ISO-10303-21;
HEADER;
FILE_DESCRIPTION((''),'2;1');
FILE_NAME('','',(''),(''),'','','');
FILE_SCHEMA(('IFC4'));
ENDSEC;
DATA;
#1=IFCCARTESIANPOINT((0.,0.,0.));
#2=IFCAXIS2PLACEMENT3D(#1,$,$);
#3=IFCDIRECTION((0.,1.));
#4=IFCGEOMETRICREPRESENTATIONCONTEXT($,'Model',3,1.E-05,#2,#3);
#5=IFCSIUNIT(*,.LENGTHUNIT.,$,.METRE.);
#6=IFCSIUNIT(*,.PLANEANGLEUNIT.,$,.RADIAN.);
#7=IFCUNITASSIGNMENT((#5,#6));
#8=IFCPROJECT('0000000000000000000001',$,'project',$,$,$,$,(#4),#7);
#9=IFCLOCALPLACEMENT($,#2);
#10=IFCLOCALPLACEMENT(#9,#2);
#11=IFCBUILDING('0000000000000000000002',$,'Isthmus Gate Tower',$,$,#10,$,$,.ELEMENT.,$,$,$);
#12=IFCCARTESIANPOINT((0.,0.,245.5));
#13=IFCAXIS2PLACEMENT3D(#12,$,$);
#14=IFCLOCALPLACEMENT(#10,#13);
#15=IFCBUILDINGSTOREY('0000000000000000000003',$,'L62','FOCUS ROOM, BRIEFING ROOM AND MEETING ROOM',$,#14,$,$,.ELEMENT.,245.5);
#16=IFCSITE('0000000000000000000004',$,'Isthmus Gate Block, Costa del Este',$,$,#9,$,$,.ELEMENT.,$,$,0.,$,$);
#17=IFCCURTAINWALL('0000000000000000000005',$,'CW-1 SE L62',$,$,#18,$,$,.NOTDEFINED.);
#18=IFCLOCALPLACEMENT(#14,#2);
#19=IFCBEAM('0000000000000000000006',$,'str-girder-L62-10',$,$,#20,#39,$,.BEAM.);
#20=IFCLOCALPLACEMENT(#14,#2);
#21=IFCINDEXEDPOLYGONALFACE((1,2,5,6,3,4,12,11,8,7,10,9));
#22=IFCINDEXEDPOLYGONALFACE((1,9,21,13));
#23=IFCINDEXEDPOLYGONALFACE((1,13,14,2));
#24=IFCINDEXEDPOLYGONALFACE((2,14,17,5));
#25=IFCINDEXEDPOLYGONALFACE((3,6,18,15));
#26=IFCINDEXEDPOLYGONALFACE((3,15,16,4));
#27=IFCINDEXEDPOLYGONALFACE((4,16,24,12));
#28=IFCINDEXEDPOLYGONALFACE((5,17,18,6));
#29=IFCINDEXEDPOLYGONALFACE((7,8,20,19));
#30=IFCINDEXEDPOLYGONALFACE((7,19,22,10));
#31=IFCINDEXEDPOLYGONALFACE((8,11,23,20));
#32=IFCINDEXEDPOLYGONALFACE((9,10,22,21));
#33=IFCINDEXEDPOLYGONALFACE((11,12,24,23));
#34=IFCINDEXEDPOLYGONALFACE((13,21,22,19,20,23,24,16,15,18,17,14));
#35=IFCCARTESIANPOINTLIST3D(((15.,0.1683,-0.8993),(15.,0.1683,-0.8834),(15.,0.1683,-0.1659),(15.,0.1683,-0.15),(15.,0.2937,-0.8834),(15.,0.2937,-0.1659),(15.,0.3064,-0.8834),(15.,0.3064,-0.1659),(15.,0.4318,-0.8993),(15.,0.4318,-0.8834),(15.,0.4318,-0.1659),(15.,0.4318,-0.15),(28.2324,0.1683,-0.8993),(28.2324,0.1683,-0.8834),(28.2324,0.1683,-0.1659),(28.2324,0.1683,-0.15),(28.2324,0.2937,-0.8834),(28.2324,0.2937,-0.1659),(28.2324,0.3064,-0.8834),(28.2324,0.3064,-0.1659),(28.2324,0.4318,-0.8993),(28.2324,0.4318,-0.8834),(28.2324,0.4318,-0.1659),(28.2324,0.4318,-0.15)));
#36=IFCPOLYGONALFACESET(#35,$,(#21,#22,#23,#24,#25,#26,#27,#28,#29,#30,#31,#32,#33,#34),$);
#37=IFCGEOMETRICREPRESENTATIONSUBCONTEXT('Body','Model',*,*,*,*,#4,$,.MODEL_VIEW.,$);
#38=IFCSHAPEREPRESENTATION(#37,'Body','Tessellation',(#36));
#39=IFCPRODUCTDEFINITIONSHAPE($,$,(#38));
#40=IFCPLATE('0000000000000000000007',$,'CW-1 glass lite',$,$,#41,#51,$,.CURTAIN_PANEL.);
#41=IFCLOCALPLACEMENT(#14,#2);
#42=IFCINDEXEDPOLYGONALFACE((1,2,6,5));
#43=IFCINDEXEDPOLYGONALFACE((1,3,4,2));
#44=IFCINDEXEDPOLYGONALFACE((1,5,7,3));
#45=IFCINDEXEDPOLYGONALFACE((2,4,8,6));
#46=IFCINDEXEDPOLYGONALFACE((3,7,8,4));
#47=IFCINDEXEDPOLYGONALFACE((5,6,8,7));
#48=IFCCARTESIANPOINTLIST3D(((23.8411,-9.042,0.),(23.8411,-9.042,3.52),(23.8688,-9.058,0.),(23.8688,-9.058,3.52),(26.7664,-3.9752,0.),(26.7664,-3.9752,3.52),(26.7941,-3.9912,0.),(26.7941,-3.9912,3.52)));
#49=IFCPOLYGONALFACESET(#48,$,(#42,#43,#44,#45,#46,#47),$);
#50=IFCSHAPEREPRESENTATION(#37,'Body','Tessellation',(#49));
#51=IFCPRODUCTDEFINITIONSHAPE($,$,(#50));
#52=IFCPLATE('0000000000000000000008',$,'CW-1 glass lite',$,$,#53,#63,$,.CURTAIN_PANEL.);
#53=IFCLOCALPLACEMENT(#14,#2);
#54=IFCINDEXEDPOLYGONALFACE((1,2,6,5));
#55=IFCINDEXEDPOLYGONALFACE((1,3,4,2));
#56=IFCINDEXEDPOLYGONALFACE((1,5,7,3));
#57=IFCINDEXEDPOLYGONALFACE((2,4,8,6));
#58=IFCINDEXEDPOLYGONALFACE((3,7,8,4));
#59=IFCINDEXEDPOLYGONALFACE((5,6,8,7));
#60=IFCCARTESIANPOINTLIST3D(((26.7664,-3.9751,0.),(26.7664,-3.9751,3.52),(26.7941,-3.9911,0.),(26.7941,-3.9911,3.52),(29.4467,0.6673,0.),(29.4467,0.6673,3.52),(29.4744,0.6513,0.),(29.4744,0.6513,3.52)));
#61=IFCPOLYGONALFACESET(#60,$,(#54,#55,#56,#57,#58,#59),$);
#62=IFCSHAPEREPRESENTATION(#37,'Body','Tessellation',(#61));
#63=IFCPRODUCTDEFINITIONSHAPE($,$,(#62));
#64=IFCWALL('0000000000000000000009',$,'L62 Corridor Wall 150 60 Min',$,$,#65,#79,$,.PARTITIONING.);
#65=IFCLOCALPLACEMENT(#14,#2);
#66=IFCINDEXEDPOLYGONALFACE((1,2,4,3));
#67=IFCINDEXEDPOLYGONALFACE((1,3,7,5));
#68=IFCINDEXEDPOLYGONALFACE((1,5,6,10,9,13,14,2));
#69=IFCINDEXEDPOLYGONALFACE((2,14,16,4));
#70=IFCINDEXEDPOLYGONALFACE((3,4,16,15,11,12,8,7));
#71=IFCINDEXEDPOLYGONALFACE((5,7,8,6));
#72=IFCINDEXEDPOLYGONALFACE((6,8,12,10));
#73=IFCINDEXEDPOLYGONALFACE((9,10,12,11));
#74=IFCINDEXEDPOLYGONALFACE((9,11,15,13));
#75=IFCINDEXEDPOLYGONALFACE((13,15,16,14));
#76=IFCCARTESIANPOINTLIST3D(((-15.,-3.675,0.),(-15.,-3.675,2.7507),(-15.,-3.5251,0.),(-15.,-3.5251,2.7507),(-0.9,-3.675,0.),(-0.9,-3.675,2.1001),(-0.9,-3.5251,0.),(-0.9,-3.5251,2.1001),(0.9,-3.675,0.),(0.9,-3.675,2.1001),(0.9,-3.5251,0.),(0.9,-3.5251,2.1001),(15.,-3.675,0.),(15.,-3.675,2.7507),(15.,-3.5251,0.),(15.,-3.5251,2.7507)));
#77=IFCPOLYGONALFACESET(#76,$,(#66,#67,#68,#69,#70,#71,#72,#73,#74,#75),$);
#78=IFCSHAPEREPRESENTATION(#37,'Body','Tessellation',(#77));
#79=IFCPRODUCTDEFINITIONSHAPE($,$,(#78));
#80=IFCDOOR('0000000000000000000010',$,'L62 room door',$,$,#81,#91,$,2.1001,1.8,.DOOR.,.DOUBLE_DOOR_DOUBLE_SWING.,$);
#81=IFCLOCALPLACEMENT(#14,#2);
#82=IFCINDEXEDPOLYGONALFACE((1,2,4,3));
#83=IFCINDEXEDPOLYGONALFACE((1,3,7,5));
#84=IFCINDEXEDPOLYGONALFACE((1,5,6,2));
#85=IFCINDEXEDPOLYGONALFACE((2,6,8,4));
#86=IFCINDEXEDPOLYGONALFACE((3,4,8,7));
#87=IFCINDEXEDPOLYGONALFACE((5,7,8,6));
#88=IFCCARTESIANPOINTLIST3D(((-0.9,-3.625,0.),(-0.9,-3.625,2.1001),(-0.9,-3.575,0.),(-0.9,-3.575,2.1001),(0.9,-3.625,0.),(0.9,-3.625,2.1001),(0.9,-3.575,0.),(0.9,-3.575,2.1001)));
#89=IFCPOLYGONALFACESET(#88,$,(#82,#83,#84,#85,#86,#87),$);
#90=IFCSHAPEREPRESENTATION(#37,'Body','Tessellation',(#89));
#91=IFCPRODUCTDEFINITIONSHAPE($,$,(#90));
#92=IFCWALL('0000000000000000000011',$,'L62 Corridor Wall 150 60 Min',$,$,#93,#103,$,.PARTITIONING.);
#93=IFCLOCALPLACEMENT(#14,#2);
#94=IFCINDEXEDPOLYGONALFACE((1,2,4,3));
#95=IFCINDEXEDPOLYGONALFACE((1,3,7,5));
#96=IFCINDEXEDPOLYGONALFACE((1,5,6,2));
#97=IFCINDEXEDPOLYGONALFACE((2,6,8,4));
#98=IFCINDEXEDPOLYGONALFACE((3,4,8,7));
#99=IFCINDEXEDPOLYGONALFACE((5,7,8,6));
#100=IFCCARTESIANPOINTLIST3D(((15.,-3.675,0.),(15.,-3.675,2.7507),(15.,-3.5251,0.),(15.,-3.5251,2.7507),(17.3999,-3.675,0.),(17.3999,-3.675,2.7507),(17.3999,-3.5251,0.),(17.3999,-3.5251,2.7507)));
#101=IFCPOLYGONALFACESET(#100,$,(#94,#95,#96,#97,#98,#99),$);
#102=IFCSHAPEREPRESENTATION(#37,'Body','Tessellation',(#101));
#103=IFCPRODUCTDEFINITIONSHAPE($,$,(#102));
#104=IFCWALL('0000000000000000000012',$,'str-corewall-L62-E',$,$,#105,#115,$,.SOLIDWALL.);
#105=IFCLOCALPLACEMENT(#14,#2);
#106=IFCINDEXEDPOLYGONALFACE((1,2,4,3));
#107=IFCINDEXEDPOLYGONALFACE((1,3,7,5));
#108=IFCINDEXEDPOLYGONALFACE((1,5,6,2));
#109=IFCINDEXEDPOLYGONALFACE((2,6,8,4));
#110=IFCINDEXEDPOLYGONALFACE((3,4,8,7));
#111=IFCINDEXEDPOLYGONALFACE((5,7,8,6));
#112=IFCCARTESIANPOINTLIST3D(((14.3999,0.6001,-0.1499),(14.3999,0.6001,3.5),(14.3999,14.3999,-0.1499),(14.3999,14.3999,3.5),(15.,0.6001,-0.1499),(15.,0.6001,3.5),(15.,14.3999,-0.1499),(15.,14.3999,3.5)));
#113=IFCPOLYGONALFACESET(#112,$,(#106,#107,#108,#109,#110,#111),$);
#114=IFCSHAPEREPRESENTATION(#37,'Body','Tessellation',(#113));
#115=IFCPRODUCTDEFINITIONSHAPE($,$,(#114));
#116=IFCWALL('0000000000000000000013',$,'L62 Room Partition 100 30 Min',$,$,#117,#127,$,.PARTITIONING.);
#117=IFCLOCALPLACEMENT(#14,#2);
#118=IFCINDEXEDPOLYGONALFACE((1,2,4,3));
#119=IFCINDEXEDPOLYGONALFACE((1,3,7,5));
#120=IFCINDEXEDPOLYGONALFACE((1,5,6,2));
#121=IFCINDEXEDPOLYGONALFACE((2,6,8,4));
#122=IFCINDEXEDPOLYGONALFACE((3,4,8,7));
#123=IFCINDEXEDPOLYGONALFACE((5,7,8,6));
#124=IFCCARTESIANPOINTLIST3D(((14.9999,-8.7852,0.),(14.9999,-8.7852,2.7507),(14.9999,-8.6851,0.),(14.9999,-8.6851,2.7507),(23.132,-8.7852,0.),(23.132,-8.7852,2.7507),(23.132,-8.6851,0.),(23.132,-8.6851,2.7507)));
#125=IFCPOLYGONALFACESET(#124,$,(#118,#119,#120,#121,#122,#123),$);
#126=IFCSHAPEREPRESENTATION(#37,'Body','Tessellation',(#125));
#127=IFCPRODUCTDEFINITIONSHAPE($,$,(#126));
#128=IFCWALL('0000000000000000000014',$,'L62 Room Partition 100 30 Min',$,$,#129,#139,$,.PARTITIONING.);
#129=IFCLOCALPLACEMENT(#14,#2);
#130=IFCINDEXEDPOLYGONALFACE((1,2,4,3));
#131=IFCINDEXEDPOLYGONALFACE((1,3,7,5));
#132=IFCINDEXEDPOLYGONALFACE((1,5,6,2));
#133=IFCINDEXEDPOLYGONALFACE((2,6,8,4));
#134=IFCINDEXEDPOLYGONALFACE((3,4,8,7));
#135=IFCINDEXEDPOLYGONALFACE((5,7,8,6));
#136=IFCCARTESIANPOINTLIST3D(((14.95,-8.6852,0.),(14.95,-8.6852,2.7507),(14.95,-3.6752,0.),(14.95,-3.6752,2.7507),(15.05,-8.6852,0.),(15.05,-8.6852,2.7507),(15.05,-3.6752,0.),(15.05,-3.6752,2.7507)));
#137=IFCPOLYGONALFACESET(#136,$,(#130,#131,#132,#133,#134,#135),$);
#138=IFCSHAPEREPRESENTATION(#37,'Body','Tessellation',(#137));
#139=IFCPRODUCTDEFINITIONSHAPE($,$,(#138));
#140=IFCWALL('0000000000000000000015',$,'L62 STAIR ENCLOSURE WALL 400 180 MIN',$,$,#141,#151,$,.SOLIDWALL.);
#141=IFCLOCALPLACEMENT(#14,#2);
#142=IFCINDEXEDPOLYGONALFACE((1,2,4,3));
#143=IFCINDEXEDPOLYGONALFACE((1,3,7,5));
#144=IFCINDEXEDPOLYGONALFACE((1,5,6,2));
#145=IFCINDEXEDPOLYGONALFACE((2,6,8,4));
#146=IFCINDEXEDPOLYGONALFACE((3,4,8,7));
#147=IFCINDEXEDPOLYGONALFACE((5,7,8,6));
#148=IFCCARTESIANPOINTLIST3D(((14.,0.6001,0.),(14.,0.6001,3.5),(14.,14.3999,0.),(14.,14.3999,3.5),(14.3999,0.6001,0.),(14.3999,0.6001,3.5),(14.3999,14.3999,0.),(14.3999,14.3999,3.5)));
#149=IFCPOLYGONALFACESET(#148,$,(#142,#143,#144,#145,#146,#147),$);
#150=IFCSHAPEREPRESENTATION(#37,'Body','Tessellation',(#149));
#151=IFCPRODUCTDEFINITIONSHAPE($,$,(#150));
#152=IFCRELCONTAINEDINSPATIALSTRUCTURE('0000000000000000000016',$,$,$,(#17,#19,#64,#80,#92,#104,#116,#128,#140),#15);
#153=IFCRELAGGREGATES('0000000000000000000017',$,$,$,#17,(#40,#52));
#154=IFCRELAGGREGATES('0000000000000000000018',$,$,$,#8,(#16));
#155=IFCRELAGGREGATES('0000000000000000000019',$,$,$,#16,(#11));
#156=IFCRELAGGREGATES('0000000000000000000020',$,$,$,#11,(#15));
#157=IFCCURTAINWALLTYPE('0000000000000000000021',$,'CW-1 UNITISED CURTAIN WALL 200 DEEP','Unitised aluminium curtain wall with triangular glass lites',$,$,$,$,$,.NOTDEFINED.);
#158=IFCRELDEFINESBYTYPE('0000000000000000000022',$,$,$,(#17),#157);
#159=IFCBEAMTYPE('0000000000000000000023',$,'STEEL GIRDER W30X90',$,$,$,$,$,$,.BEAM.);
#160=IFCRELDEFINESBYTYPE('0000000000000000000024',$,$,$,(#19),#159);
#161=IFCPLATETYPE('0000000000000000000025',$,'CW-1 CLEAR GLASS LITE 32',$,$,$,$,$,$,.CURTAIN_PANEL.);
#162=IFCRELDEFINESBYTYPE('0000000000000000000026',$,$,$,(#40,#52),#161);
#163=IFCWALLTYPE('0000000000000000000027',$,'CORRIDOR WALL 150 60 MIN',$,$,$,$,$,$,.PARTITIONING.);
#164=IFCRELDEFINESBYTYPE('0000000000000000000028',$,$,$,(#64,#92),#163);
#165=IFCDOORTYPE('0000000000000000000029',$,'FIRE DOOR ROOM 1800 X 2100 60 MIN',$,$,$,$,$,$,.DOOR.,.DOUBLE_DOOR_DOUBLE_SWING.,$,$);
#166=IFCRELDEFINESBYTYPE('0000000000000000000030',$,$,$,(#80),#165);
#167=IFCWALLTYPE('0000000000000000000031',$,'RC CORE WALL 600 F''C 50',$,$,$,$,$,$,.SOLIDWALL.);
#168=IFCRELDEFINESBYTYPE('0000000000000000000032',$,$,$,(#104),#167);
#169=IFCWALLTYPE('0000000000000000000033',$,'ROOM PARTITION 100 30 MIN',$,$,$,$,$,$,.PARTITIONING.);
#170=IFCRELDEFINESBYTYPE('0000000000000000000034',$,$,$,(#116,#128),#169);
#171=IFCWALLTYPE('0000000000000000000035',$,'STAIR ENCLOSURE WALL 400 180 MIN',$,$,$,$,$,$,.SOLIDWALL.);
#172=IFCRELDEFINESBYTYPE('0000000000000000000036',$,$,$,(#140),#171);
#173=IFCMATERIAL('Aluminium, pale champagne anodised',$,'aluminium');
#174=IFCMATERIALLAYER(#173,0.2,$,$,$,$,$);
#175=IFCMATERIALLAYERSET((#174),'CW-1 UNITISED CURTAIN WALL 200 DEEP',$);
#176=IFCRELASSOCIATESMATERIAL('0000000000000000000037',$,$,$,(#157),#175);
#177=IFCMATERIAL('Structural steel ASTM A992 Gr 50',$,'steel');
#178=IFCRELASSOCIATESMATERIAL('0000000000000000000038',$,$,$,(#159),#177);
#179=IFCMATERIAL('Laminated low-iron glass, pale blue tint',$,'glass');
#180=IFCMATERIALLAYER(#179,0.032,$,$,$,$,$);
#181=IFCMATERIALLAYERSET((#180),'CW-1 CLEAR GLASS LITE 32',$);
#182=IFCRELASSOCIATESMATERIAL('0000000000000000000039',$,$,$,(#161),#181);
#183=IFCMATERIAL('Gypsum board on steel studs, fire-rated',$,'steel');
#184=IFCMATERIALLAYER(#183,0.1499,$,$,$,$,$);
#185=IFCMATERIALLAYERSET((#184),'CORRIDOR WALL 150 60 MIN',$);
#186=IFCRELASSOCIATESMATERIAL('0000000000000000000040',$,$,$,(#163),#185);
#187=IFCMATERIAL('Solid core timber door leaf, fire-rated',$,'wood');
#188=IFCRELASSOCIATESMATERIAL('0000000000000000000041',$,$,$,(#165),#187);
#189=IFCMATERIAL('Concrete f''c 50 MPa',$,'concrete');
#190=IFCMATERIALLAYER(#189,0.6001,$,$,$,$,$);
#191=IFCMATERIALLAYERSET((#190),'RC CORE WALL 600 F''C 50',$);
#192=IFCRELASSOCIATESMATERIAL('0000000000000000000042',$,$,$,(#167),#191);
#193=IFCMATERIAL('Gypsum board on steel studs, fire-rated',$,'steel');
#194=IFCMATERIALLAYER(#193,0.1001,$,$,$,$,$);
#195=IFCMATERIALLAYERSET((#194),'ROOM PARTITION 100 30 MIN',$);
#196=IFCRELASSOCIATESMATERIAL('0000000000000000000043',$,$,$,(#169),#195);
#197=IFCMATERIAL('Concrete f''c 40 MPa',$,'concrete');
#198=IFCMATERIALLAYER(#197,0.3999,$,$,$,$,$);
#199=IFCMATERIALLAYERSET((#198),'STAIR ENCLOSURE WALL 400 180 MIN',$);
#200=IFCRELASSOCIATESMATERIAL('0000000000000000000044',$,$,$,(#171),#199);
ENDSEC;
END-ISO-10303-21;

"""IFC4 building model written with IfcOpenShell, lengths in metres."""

from ifc_helpers import new_model, si_unit, direction, frame, frame_2d, origin, origin_2d, place, context, subcontext, project, spatial, rectangle, i_section, extrude, material, layer, layer_set, material_profile, profile_set, type_object, element, fill, aggregate, save


model = new_model("IFC4")

# Units and contexts
model_context = context("Model", 3, precision=1e-05, world=origin(), true_north=direction((0.0, 1.0)))
body_context = subcontext(model_context, "Body", "Model", "MODEL_VIEW")
ifc_project = project(units=[si_unit("LENGTHUNIT", "METRE"), si_unit("PLANEANGLEUNIT", "RADIAN")], contexts=[model_context])

# Site, building, storey
site_placement = place(None, origin())
site = spatial("IfcSite", under=ifc_project, at=site_placement, Name="Isthmus Gate Block, Costa del Este", CompositionType="ELEMENT", RefElevation=0.0)
building_placement = place(site_placement, origin())
building = spatial("IfcBuilding", under=site, at=building_placement, Name="Isthmus Gate Tower", CompositionType="ELEMENT")
storey_placement = place(building_placement, frame((0.0, 0.0, 245.5)))
storey = spatial("IfcBuildingStorey", under=building, at=storey_placement, Name="L62", Description="FOCUS ROOM, BRIEFING ROOM AND MEETING ROOM", CompositionType="ELEMENT", Elevation=245.5)

# Shared definitions
ifc_material_1 = material(Name="Aluminium, pale champagne anodised", Category="aluminium")
ifc_layer_1 = layer(ifc_material_1, 0.2)
ifc_layer_set_1 = layer_set([ifc_layer_1], Name="CW-1 UNITISED CURTAIN WALL 200 DEEP")
curtain_wall_type = type_object("IfcCurtainWallType", Name="CW-1 UNITISED CURTAIN WALL 200 DEEP", Description="Unitised aluminium curtain wall with triangular glass lites", PredefinedType="NOTDEFINED", material=ifc_layer_set_1)

# Curtain wall
curtain_wall_1_placement = place(storey_placement, origin())
curtain_wall_1 = element("IfcCurtainWall", 1, at=curtain_wall_1_placement, inside=storey, type_object=curtain_wall_type, Name="CW-1 SE L62", PredefinedType="NOTDEFINED")

# Beam
ifc_material_2 = material(Name="Structural steel ASTM A992 Gr 50", Category="steel")
ifc_material_profile_1 = material_profile(ifc_material_2, i_section(OverallWidth=0.2634, OverallDepth=0.7493, WebThickness=0.0127, FlangeThickness=0.0159, at=origin_2d()), Name="W30X90")
ifc_profile_set_1 = profile_set([ifc_material_profile_1], Name="Structural steel ASTM A992 Gr 50")
beam_type_1 = type_object("IfcBeamType", Name="STEEL GIRDER W30X90", PredefinedType="BEAM", material=ifc_profile_set_1)
beam_1_placement = place(storey_placement, frame((15.0, 0.3, -0.5247), z_axis=(1.0, 0.0, 0.0), x_axis=(0.0, 1.0, 0.0)))
element("IfcBeam", 2, at=beam_1_placement, inside=storey, type_object=beam_type_1, Name="str-girder-L62-10", PredefinedType="BEAM", context=body_context, shape_type="SweptSolid", body=[
    extrude(i_section(OverallWidth=0.2634, OverallDepth=0.7493, WebThickness=0.0127, FlangeThickness=0.0159, at=origin_2d()), origin(), (0.0, 0.0, 1.0), 13.2324),
])

# Plates
ifc_material_3 = material(Name="Laminated low-iron glass, pale blue tint", Category="glass")
ifc_layer_2 = layer(ifc_material_3, 0.032)
ifc_layer_set_2 = layer_set([ifc_layer_2], Name="CW-1 CLEAR GLASS LITE 32")
plate_type = type_object("IfcPlateType", Name="CW-1 CLEAR GLASS LITE 32", PredefinedType="CURTAIN_PANEL", material=ifc_layer_set_2)
plate_1_placement = place(storey_placement, frame((25.3176, -6.5166, 0.0), z_axis=(0.0, 0.0, 1.0), x_axis=(0.5, 0.866025, 0.0)))
plate_1 = element("IfcPlate", 3, at=plate_1_placement, type_object=plate_type, Name="CW-1 glass lite", PredefinedType="CURTAIN_PANEL", context=body_context, shape_type="SweptSolid", body=[
    extrude(rectangle(XDim=5.8506, YDim=0.032, at=origin_2d()), origin(), (0.0, 0.0, 1.0), 3.52),
])
plate_2_placement = place(storey_placement, frame((28.1204, -1.6619, 0.0), z_axis=(0.0, 0.0, 1.0), x_axis=(0.5, 0.866025, 0.0)))
plate_2 = element("IfcPlate", 4, at=plate_2_placement, type_object=plate_type, Name="CW-1 glass lite", PredefinedType="CURTAIN_PANEL", context=body_context, shape_type="SweptSolid", body=[
    extrude(rectangle(XDim=5.3606, YDim=0.032, at=origin_2d()), origin(), (0.0, 0.0, 1.0), 3.52),
])
aggregate(curtain_wall_1, [plate_1, plate_2])

# Wall, opening, door
ifc_material_4 = material(Name="Gypsum board on steel studs, fire-rated", Category="steel")
ifc_layer_3 = layer(ifc_material_4, 0.1499)
ifc_layer_set_3 = layer_set([ifc_layer_3], Name="CORRIDOR WALL 150 60 MIN")
wall_type_1 = type_object("IfcWallType", Name="CORRIDOR WALL 150 60 MIN", PredefinedType="PARTITIONING", material=ifc_layer_set_3)
wall_1_placement = place(storey_placement, frame((15.0, -3.6001, 0.0), z_axis=(0.0, 0.0, 1.0), x_axis=(-1.0, 0.0, 0.0)))
wall_1 = element("IfcWall", 5, at=wall_1_placement, inside=storey, type_object=wall_type_1, Name="L62 Corridor Wall 150 60 Min", PredefinedType="PARTITIONING", context=body_context, shape_type="SweptSolid", body=[
    extrude(rectangle(XDim=30.0, YDim=0.1499, at=frame_2d((15.0, 0.0))), origin(), (0.0, 0.0, 1.0), 2.7507),
])
opening_placement = place(wall_1_placement, frame((14.1001, 0.0, 0.0)))
opening = element("IfcOpeningElement", 6, at=opening_placement, cuts=wall_1, PredefinedType="OPENING", context=body_context, shape_type="SweptSolid", body=[
    extrude(rectangle(XDim=1.8, YDim=2.1001, at=frame_2d((0.8999, 1.05))), frame((0.0, 0.085, 0.0), z_axis=(0.0, -1.0, 0.0), x_axis=(1.0, 0.0, 0.0)), (0.0, 0.0, 1.0), 0.1699),
])
ifc_material_5 = material(Name="Solid core timber door leaf, fire-rated", Category="wood")
door_type = type_object("IfcDoorType", Name="FIRE DOOR ROOM 1800 X 2100 60 MIN", OperationType="DOUBLE_DOOR_DOUBLE_SWING", PredefinedType="DOOR", material=ifc_material_5)
door_placement = place(opening_placement, origin())
door = element("IfcDoor", 7, at=door_placement, inside=storey, type_object=door_type, Name="L62 room door", OperationType="DOUBLE_DOOR_DOUBLE_SWING", OverallHeight=2.1001, OverallWidth=1.8, PredefinedType="DOOR", context=body_context, shape_type="SweptSolid", body=[
    extrude(rectangle(XDim=1.8, YDim=2.1001, at=frame_2d((0.8999, 1.05))), frame((0.0, 0.0249, 0.0), z_axis=(0.0, -1.0, 0.0), x_axis=(1.0, 0.0, 0.0)), (0.0, 0.0, 1.0), 0.05),
])
fill(opening, door)

# Walls
wall_2_placement = place(storey_placement, frame((17.3999, -3.6001, 0.0), z_axis=(0.0, 0.0, 1.0), x_axis=(-1.0, 0.0, 0.0)))
element("IfcWall", 8, at=wall_2_placement, inside=storey, type_object=wall_type_1, Name="L62 Corridor Wall 150 60 Min", PredefinedType="PARTITIONING", context=body_context, shape_type="SweptSolid", body=[
    extrude(rectangle(XDim=2.3999, YDim=0.1499, at=frame_2d((1.2, 0.0))), origin(), (0.0, 0.0, 1.0), 2.7507),
])
ifc_material_6 = material(Name="Concrete f'c 50 MPa", Category="concrete")
ifc_layer_4 = layer(ifc_material_6, 0.6001)
ifc_layer_set_4 = layer_set([ifc_layer_4], Name="RC CORE WALL 600 F'C 50")
wall_type_2 = type_object("IfcWallType", Name="RC CORE WALL 600 F'C 50", PredefinedType="SOLIDWALL", material=ifc_layer_set_4)
wall_3_placement = place(storey_placement, frame((14.7, 0.6001, -0.1499), z_axis=(0.0, 0.0, 1.0), x_axis=(0.0, 1.0, 0.0)))
element("IfcWall", 9, at=wall_3_placement, inside=storey, type_object=wall_type_2, Name="str-corewall-L62-E", PredefinedType="SOLIDWALL", context=body_context, shape_type="SweptSolid", body=[
    extrude(rectangle(XDim=13.7998, YDim=0.6001, at=frame_2d((6.8999, 0.0))), origin(), (0.0, 0.0, 1.0), 3.6499),
])
ifc_material_7 = material(Name="Gypsum board on steel studs, fire-rated", Category="steel")
ifc_layer_5 = layer(ifc_material_7, 0.1001)
ifc_layer_set_5 = layer_set([ifc_layer_5], Name="ROOM PARTITION 100 30 MIN")
wall_type_3 = type_object("IfcWallType", Name="ROOM PARTITION 100 30 MIN", PredefinedType="PARTITIONING", material=ifc_layer_set_5)
wall_4_placement = place(storey_placement, frame((15.0, -8.7351, 0.0), z_axis=(0.0, 0.0, 1.0), x_axis=(1.0, 0.0, 0.0)))
element("IfcWall", 10, at=wall_4_placement, inside=storey, type_object=wall_type_3, Name="L62 Room Partition 100 30 Min", PredefinedType="PARTITIONING", context=body_context, shape_type="SweptSolid", body=[
    extrude(rectangle(XDim=8.1321, YDim=0.1001, at=frame_2d((4.0659, 0.0))), origin(), (0.0, 0.0, 1.0), 2.7507),
])
wall_5_placement = place(storey_placement, frame((15.0, -8.6851, 0.0), z_axis=(0.0, 0.0, 1.0), x_axis=(0.0, 1.0, 0.0)))
element("IfcWall", 11, at=wall_5_placement, inside=storey, type_object=wall_type_3, Name="L62 Room Partition 100 30 Min", PredefinedType="PARTITIONING", context=body_context, shape_type="SweptSolid", body=[
    extrude(rectangle(XDim=5.01, YDim=0.1001, at=frame_2d((2.5049, 0.0))), origin(), (0.0, 0.0, 1.0), 2.7507),
])
ifc_material_8 = material(Name="Concrete f'c 40 MPa", Category="concrete")
ifc_layer_6 = layer(ifc_material_8, 0.3999)
ifc_layer_set_6 = layer_set([ifc_layer_6], Name="STAIR ENCLOSURE WALL 400 180 MIN")
wall_type_4 = type_object("IfcWallType", Name="STAIR ENCLOSURE WALL 400 180 MIN", PredefinedType="SOLIDWALL", material=ifc_layer_set_6)
wall_6_placement = place(storey_placement, frame((14.2, 0.6001, 0.0), z_axis=(0.0, 0.0, 1.0), x_axis=(0.0, 1.0, 0.0)))
element("IfcWall", 12, at=wall_6_placement, inside=storey, type_object=wall_type_4, Name="L62 STAIR ENCLOSURE WALL 400 180 MIN", PredefinedType="SOLIDWALL", context=body_context, shape_type="SweptSolid", body=[
    extrude(rectangle(XDim=13.7998, YDim=0.3999, at=frame_2d((6.8999, 0.0))), origin(), (0.0, 0.0, 1.0), 3.5),
])

save(model, "model.ifc")
